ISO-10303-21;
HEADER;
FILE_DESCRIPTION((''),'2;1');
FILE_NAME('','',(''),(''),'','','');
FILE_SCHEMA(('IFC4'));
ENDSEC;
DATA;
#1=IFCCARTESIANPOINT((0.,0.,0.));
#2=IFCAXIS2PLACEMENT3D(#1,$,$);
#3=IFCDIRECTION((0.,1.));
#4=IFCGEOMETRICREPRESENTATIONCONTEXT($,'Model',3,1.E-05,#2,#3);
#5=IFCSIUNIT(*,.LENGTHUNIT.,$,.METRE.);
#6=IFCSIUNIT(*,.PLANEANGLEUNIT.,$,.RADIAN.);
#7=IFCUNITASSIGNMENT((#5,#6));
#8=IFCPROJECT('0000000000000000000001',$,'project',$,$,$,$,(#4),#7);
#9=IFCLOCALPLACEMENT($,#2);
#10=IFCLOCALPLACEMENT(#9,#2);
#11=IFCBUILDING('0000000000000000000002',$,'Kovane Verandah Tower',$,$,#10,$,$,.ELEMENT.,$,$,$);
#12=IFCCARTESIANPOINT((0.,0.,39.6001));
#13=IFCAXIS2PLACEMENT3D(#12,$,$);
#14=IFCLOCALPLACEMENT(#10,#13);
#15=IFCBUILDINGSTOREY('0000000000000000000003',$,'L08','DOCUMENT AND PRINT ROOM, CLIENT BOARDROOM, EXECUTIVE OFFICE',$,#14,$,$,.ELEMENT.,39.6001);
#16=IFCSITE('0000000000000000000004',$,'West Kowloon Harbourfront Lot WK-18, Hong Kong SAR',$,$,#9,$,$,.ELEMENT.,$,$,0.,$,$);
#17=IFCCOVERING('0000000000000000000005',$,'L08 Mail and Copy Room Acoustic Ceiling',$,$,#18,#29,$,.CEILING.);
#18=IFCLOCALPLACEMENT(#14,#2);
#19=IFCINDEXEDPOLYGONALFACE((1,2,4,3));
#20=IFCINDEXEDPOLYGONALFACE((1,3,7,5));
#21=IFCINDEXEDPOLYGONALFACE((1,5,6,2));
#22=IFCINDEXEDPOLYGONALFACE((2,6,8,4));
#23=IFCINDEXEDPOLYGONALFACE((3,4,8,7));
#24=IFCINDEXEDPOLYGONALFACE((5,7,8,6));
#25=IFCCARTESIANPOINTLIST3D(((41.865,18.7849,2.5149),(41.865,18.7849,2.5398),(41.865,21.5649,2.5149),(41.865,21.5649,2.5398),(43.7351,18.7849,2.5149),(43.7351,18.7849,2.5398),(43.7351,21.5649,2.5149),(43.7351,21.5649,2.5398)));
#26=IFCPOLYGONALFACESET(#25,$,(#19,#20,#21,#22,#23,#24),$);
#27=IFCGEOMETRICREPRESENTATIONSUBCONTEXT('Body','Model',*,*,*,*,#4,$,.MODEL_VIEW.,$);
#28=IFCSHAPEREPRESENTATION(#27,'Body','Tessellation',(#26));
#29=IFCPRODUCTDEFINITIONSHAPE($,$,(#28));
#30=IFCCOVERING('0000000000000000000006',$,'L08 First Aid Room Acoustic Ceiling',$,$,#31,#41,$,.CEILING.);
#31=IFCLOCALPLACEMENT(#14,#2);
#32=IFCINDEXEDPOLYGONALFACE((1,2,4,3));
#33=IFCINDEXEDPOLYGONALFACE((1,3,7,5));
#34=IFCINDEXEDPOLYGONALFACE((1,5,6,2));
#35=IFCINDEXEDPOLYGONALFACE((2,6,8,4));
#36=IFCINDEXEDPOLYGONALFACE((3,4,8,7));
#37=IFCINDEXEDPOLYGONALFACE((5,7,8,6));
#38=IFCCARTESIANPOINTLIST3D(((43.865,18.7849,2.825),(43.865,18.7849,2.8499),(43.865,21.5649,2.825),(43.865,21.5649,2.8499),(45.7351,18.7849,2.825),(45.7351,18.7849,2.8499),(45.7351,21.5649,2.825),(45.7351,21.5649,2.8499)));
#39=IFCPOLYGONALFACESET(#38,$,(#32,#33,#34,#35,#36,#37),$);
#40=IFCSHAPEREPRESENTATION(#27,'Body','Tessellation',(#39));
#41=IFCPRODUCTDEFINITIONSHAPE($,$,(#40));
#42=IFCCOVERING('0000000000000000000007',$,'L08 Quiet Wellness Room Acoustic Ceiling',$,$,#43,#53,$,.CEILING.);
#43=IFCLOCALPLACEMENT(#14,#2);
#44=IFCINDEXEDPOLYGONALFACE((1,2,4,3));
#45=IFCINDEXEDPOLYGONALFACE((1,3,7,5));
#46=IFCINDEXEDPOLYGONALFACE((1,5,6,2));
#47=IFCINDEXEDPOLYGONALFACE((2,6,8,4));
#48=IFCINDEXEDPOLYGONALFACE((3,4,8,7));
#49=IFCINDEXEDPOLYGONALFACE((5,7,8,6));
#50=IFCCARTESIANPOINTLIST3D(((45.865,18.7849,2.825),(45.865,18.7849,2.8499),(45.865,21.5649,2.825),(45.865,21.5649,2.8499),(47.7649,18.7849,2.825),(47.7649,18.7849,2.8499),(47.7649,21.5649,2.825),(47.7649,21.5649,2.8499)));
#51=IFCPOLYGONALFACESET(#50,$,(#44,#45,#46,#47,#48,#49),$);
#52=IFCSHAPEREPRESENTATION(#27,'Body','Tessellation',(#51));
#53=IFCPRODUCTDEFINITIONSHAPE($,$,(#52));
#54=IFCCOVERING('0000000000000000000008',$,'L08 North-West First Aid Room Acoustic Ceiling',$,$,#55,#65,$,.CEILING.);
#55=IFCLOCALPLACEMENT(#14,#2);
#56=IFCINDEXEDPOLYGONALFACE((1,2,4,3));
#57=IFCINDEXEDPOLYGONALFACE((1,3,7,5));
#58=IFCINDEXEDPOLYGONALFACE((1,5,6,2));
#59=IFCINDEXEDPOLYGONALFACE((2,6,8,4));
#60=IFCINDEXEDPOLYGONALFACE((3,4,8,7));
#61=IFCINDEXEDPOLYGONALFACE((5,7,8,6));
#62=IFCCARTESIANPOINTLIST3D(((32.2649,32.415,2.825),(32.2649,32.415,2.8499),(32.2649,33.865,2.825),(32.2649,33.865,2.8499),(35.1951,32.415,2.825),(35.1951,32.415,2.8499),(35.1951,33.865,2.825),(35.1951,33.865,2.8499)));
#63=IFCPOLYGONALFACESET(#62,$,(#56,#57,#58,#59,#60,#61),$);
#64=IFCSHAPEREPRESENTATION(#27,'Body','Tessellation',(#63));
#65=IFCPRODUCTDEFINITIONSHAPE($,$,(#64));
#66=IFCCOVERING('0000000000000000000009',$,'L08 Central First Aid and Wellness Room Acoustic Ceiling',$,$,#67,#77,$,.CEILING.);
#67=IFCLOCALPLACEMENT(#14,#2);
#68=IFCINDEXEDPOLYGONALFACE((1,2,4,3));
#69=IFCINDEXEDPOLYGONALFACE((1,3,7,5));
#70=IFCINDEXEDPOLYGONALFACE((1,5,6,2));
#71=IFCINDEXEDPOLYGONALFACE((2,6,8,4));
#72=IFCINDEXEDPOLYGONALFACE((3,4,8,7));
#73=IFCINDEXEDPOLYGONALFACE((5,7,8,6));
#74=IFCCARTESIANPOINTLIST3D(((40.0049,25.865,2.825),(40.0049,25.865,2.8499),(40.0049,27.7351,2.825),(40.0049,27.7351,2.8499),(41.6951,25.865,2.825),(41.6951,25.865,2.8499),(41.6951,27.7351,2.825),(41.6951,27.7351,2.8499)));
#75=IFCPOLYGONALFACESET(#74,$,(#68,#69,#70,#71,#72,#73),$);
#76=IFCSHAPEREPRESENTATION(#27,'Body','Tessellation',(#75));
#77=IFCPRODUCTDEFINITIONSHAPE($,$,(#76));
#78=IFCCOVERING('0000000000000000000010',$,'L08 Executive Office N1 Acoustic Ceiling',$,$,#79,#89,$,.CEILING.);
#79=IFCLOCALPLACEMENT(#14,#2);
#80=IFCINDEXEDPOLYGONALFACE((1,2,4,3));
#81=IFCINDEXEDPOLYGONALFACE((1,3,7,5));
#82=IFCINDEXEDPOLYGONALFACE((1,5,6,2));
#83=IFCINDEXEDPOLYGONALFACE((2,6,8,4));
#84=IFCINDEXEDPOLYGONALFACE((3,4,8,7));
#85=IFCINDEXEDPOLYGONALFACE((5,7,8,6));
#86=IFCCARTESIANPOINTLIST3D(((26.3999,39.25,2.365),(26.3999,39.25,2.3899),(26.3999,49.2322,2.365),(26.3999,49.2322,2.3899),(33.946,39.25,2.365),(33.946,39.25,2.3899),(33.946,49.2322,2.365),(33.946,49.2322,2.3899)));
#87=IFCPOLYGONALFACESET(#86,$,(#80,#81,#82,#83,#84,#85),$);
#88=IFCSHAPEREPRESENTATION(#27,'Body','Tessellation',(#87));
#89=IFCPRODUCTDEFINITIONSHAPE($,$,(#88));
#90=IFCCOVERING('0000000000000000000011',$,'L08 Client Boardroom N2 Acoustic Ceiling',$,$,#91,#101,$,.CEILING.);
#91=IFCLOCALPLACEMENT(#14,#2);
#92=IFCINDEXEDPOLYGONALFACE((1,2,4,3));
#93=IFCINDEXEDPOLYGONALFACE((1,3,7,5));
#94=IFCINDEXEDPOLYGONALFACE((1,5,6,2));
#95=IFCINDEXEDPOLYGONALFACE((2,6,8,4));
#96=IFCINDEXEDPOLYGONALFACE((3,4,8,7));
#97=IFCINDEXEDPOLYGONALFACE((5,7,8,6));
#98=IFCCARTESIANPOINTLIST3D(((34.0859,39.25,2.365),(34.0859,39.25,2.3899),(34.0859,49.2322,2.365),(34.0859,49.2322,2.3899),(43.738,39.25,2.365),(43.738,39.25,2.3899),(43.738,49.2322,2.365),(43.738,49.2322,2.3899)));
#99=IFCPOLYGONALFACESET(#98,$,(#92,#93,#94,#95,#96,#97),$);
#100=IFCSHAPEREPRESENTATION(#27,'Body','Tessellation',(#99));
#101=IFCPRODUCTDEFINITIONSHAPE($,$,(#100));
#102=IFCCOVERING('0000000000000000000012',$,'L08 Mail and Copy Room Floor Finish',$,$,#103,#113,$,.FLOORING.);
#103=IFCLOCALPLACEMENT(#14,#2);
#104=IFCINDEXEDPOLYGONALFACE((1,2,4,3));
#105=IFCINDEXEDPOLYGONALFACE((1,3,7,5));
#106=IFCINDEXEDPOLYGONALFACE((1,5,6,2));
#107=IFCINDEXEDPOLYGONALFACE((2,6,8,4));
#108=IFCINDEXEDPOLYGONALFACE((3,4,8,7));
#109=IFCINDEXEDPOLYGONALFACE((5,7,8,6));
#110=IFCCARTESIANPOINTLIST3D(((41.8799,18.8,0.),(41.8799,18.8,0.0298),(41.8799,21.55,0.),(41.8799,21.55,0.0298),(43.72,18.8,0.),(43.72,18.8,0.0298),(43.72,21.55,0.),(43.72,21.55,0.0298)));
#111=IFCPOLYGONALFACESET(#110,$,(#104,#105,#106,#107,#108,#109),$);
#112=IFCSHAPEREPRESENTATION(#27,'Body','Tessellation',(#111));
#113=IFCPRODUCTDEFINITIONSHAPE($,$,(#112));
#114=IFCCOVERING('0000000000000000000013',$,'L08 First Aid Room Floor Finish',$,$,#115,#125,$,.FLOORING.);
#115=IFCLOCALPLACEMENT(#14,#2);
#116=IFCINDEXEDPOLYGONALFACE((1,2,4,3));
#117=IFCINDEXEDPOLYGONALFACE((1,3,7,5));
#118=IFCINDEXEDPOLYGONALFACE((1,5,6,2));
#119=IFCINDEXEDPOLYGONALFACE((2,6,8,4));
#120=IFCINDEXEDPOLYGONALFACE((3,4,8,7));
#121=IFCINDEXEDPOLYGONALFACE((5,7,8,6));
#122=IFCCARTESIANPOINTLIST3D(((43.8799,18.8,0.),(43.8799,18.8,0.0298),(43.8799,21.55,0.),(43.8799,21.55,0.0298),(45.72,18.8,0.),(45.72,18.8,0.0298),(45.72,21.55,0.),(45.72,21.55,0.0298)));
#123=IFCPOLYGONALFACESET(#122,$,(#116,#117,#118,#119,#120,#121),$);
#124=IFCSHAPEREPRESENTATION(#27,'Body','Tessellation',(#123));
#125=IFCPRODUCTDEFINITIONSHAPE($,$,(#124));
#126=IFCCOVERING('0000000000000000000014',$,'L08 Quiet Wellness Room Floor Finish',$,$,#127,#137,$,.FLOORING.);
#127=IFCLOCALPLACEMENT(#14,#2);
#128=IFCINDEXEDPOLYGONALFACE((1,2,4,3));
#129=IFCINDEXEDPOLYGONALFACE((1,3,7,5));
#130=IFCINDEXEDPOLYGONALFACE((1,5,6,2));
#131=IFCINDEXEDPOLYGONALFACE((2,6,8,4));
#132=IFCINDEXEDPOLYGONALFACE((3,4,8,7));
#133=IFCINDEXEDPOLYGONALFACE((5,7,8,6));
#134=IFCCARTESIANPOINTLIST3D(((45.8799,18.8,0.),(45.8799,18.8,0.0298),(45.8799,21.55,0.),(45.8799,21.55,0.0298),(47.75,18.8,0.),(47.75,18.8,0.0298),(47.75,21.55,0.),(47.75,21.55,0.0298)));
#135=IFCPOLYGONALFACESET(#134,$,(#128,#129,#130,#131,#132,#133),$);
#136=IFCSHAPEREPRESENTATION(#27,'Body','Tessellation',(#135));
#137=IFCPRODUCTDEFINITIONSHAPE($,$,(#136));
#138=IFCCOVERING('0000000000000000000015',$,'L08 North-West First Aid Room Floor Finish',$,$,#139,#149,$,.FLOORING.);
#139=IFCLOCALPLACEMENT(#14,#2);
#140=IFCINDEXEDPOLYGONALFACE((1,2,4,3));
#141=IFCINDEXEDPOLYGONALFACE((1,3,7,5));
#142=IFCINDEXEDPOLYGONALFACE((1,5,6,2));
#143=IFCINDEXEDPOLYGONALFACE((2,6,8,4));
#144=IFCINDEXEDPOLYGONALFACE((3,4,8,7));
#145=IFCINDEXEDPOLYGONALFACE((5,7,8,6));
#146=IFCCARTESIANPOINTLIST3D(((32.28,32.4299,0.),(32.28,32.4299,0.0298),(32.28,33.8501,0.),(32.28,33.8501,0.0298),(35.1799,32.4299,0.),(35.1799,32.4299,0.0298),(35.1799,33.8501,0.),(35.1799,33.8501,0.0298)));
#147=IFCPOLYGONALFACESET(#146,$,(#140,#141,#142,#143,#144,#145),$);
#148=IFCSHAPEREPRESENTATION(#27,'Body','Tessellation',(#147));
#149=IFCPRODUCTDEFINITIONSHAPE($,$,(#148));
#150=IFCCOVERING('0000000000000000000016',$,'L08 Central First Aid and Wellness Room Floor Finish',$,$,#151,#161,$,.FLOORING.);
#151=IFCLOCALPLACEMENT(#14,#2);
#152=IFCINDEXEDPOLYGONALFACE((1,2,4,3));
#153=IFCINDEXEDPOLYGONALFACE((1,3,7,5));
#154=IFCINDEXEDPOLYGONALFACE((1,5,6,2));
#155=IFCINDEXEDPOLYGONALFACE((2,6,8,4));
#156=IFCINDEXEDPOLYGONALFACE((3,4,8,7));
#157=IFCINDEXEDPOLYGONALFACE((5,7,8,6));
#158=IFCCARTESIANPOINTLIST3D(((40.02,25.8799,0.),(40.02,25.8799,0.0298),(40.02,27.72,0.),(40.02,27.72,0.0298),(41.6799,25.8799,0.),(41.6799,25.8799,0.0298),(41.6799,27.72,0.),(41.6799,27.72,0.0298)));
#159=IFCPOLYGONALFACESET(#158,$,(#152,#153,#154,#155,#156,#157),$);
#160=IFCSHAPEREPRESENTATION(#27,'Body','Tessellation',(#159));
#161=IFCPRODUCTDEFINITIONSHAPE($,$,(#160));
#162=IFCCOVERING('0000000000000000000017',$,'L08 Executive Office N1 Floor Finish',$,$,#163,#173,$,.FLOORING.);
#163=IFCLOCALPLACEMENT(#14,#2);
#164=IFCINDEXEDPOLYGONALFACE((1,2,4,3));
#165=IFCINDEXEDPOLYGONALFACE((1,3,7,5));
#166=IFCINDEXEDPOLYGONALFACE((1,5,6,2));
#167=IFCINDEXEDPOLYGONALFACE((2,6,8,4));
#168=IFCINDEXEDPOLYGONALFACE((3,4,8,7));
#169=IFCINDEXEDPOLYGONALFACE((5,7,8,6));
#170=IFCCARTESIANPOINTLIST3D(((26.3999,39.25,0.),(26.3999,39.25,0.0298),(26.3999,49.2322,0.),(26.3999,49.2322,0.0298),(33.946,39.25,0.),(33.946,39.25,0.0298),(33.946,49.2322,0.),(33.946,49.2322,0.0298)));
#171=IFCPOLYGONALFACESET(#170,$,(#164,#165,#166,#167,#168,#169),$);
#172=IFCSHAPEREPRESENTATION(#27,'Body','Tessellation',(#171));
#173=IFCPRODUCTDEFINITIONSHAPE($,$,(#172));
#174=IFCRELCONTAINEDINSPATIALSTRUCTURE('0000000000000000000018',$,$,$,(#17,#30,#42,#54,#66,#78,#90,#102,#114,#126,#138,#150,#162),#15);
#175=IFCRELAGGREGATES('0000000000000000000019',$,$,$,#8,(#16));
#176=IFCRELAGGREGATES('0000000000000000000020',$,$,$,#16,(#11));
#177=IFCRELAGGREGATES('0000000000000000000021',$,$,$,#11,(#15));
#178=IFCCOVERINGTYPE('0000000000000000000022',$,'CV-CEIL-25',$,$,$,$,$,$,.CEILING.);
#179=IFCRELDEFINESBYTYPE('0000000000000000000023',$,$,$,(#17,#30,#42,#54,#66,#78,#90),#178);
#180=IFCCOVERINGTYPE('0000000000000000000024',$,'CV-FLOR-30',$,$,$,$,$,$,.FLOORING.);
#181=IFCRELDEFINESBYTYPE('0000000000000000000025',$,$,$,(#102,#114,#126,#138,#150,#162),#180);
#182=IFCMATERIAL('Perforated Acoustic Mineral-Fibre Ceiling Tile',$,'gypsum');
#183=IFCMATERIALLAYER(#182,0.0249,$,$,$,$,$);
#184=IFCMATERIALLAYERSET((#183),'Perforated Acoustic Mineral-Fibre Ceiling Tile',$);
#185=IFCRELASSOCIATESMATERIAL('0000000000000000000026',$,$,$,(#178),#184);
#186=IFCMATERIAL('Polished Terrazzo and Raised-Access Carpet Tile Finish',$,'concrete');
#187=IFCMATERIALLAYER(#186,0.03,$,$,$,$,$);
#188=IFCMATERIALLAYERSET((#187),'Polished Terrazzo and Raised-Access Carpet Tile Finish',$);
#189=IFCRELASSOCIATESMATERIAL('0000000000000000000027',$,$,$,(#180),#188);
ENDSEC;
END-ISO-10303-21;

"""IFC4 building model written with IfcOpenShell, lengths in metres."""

from ifc_helpers import new_model, si_unit, direction, frame, origin, place, context, subcontext, project, spatial, polyline, outline, extrude, material, layer, layer_set, type_object, element, save


model = new_model("IFC4")

# Units and contexts
model_context = context("Model", 3, precision=1e-05, world=origin(), true_north=direction((0.0, 1.0)))
body_context = subcontext(model_context, "Body", "Model", "MODEL_VIEW")
ifc_project = project(units=[si_unit("LENGTHUNIT", "METRE"), si_unit("PLANEANGLEUNIT", "RADIAN")], contexts=[model_context])

# Site, building, storey
site_placement = place(None, origin())
site = spatial("IfcSite", under=ifc_project, at=site_placement, Name="West Kowloon Harbourfront Lot WK-18, Hong Kong SAR", CompositionType="ELEMENT", RefElevation=0.0)
building_placement = place(site_placement, origin())
building = spatial("IfcBuilding", under=site, at=building_placement, Name="Kovane Verandah Tower", CompositionType="ELEMENT")
storey_placement = place(building_placement, frame((0.0, 0.0, 39.6001)))
storey = spatial("IfcBuildingStorey", under=building, at=storey_placement, Name="L08", Description="DOCUMENT AND PRINT ROOM, CLIENT BOARDROOM, EXECUTIVE OFFICE", CompositionType="ELEMENT", Elevation=39.6001)

# Coverings
ifc_material_1 = material(Name="Perforated Acoustic Mineral-Fibre Ceiling Tile", Category="gypsum")
ifc_layer_1 = layer(ifc_material_1, 0.0249)
ifc_layer_set_1 = layer_set([ifc_layer_1], Name="Perforated Acoustic Mineral-Fibre Ceiling Tile")
covering_type_1 = type_object("IfcCoveringType", Name="CV-CEIL-25", PredefinedType="CEILING", material=ifc_layer_set_1)
covering_1_placement = place(storey_placement, frame((0.0, 0.0, 2.5149)))
element("IfcCovering", 1, at=covering_1_placement, inside=storey, type_object=covering_type_1, Name="L08 Mail and Copy Room Acoustic Ceiling", PredefinedType="CEILING", context=body_context, shape_type="SweptSolid", body=[
    extrude(outline(polyline([(41.865, 18.7849), (43.7351, 18.7849), (43.7351, 21.5649), (41.865, 21.5649), (41.865, 18.7849)])), origin(), (0.0, 0.0, 1.0), 0.0249),
])
covering_2_placement = place(storey_placement, frame((0.0, 0.0, 2.825)))
element("IfcCovering", 2, at=covering_2_placement, inside=storey, type_object=covering_type_1, Name="L08 First Aid Room Acoustic Ceiling", PredefinedType="CEILING", context=body_context, shape_type="SweptSolid", body=[
    extrude(outline(polyline([(43.865, 18.7849), (45.7351, 18.7849), (45.7351, 21.5649), (43.865, 21.5649), (43.865, 18.7849)])), origin(), (0.0, 0.0, 1.0), 0.0249),
])
covering_3_placement = place(storey_placement, frame((0.0, 0.0, 2.825)))
element("IfcCovering", 3, at=covering_3_placement, inside=storey, type_object=covering_type_1, Name="L08 Quiet Wellness Room Acoustic Ceiling", PredefinedType="CEILING", context=body_context, shape_type="SweptSolid", body=[
    extrude(outline(polyline([(45.865, 18.7849), (47.7649, 18.7849), (47.7649, 21.5649), (45.865, 21.5649), (45.865, 18.7849)])), origin(), (0.0, 0.0, 1.0), 0.0249),
])
covering_4_placement = place(storey_placement, frame((0.0, 0.0, 2.825)))
element("IfcCovering", 4, at=covering_4_placement, inside=storey, type_object=covering_type_1, Name="L08 North-West First Aid Room Acoustic Ceiling", PredefinedType="CEILING", context=body_context, shape_type="SweptSolid", body=[
    extrude(outline(polyline([(32.2649, 32.415), (35.1951, 32.415), (35.1951, 33.865), (32.2649, 33.865), (32.2649, 32.415)])), origin(), (0.0, 0.0, 1.0), 0.0249),
])
covering_5_placement = place(storey_placement, frame((0.0, 0.0, 2.825)))
element("IfcCovering", 5, at=covering_5_placement, inside=storey, type_object=covering_type_1, Name="L08 Central First Aid and Wellness Room Acoustic Ceiling", PredefinedType="CEILING", context=body_context, shape_type="SweptSolid", body=[
    extrude(outline(polyline([(40.0049, 25.865), (41.6951, 25.865), (41.6951, 27.7351), (40.0049, 27.7351), (40.0049, 25.865)])), origin(), (0.0, 0.0, 1.0), 0.0249),
])
covering_6_placement = place(storey_placement, frame((0.0, 0.0, 2.365)))
element("IfcCovering", 6, at=covering_6_placement, inside=storey, type_object=covering_type_1, Name="L08 Executive Office N1 Acoustic Ceiling", PredefinedType="CEILING", context=body_context, shape_type="SweptSolid", body=[
    extrude(outline(polyline([(26.3999, 39.25), (33.946, 39.25), (33.946, 49.2322), (26.3999, 49.2322), (26.3999, 39.25)])), origin(), (0.0, 0.0, 1.0), 0.0249),
])
covering_7_placement = place(storey_placement, frame((0.0, 0.0, 2.365)))
element("IfcCovering", 7, at=covering_7_placement, inside=storey, type_object=covering_type_1, Name="L08 Client Boardroom N2 Acoustic Ceiling", PredefinedType="CEILING", context=body_context, shape_type="SweptSolid", body=[
    extrude(outline(polyline([(34.0859, 39.25), (43.738, 39.25), (43.738, 49.2322), (34.0859, 49.2322), (34.0859, 39.25)])), origin(), (0.0, 0.0, 1.0), 0.0249),
])
ifc_material_2 = material(Name="Polished Terrazzo and Raised-Access Carpet Tile Finish", Category="concrete")
ifc_layer_2 = layer(ifc_material_2, 0.03)
ifc_layer_set_2 = layer_set([ifc_layer_2], Name="Polished Terrazzo and Raised-Access Carpet Tile Finish")
covering_type_2 = type_object("IfcCoveringType", Name="CV-FLOR-30", PredefinedType="FLOORING", material=ifc_layer_set_2)
covering_8_placement = place(storey_placement, origin())
element("IfcCovering", 8, at=covering_8_placement, inside=storey, type_object=covering_type_2, Name="L08 Mail and Copy Room Floor Finish", PredefinedType="FLOORING", context=body_context, shape_type="SweptSolid", body=[
    extrude(outline(polyline([(41.8799, 18.8), (43.72, 18.8), (43.72, 21.55), (41.8799, 21.55), (41.8799, 18.8)])), origin(), (0.0, 0.0, 1.0), 0.0298),
])
covering_9_placement = place(storey_placement, origin())
element("IfcCovering", 9, at=covering_9_placement, inside=storey, type_object=covering_type_2, Name="L08 First Aid Room Floor Finish", PredefinedType="FLOORING", context=body_context, shape_type="SweptSolid", body=[
    extrude(outline(polyline([(43.8799, 18.8), (45.72, 18.8), (45.72, 21.55), (43.8799, 21.55), (43.8799, 18.8)])), origin(), (0.0, 0.0, 1.0), 0.0298),
])
covering_10_placement = place(storey_placement, origin())
element("IfcCovering", 10, at=covering_10_placement, inside=storey, type_object=covering_type_2, Name="L08 Quiet Wellness Room Floor Finish", PredefinedType="FLOORING", context=body_context, shape_type="SweptSolid", body=[
    extrude(outline(polyline([(45.8799, 18.8), (47.75, 18.8), (47.75, 21.55), (45.8799, 21.55), (45.8799, 18.8)])), origin(), (0.0, 0.0, 1.0), 0.0298),
])
covering_11_placement = place(storey_placement, origin())
element("IfcCovering", 11, at=covering_11_placement, inside=storey, type_object=covering_type_2, Name="L08 North-West First Aid Room Floor Finish", PredefinedType="FLOORING", context=body_context, shape_type="SweptSolid", body=[
    extrude(outline(polyline([(32.28, 32.4299), (35.1799, 32.4299), (35.1799, 33.8501), (32.28, 33.8501), (32.28, 32.4299)])), origin(), (0.0, 0.0, 1.0), 0.0298),
])
covering_12_placement = place(storey_placement, origin())
element("IfcCovering", 12, at=covering_12_placement, inside=storey, type_object=covering_type_2, Name="L08 Central First Aid and Wellness Room Floor Finish", PredefinedType="FLOORING", context=body_context, shape_type="SweptSolid", body=[
    extrude(outline(polyline([(40.02, 25.8799), (41.6799, 25.8799), (41.6799, 27.72), (40.02, 27.72), (40.02, 25.8799)])), origin(), (0.0, 0.0, 1.0), 0.0298),
])
covering_13_placement = place(storey_placement, origin())
element("IfcCovering", 13, at=covering_13_placement, inside=storey, type_object=covering_type_2, Name="L08 Executive Office N1 Floor Finish", PredefinedType="FLOORING", context=body_context, shape_type="SweptSolid", body=[
    extrude(outline(polyline([(26.3999, 39.25), (33.946, 39.25), (33.946, 49.2322), (26.3999, 49.2322), (26.3999, 39.25)])), origin(), (0.0, 0.0, 1.0), 0.0298),
])

save(model, "model.ifc")
